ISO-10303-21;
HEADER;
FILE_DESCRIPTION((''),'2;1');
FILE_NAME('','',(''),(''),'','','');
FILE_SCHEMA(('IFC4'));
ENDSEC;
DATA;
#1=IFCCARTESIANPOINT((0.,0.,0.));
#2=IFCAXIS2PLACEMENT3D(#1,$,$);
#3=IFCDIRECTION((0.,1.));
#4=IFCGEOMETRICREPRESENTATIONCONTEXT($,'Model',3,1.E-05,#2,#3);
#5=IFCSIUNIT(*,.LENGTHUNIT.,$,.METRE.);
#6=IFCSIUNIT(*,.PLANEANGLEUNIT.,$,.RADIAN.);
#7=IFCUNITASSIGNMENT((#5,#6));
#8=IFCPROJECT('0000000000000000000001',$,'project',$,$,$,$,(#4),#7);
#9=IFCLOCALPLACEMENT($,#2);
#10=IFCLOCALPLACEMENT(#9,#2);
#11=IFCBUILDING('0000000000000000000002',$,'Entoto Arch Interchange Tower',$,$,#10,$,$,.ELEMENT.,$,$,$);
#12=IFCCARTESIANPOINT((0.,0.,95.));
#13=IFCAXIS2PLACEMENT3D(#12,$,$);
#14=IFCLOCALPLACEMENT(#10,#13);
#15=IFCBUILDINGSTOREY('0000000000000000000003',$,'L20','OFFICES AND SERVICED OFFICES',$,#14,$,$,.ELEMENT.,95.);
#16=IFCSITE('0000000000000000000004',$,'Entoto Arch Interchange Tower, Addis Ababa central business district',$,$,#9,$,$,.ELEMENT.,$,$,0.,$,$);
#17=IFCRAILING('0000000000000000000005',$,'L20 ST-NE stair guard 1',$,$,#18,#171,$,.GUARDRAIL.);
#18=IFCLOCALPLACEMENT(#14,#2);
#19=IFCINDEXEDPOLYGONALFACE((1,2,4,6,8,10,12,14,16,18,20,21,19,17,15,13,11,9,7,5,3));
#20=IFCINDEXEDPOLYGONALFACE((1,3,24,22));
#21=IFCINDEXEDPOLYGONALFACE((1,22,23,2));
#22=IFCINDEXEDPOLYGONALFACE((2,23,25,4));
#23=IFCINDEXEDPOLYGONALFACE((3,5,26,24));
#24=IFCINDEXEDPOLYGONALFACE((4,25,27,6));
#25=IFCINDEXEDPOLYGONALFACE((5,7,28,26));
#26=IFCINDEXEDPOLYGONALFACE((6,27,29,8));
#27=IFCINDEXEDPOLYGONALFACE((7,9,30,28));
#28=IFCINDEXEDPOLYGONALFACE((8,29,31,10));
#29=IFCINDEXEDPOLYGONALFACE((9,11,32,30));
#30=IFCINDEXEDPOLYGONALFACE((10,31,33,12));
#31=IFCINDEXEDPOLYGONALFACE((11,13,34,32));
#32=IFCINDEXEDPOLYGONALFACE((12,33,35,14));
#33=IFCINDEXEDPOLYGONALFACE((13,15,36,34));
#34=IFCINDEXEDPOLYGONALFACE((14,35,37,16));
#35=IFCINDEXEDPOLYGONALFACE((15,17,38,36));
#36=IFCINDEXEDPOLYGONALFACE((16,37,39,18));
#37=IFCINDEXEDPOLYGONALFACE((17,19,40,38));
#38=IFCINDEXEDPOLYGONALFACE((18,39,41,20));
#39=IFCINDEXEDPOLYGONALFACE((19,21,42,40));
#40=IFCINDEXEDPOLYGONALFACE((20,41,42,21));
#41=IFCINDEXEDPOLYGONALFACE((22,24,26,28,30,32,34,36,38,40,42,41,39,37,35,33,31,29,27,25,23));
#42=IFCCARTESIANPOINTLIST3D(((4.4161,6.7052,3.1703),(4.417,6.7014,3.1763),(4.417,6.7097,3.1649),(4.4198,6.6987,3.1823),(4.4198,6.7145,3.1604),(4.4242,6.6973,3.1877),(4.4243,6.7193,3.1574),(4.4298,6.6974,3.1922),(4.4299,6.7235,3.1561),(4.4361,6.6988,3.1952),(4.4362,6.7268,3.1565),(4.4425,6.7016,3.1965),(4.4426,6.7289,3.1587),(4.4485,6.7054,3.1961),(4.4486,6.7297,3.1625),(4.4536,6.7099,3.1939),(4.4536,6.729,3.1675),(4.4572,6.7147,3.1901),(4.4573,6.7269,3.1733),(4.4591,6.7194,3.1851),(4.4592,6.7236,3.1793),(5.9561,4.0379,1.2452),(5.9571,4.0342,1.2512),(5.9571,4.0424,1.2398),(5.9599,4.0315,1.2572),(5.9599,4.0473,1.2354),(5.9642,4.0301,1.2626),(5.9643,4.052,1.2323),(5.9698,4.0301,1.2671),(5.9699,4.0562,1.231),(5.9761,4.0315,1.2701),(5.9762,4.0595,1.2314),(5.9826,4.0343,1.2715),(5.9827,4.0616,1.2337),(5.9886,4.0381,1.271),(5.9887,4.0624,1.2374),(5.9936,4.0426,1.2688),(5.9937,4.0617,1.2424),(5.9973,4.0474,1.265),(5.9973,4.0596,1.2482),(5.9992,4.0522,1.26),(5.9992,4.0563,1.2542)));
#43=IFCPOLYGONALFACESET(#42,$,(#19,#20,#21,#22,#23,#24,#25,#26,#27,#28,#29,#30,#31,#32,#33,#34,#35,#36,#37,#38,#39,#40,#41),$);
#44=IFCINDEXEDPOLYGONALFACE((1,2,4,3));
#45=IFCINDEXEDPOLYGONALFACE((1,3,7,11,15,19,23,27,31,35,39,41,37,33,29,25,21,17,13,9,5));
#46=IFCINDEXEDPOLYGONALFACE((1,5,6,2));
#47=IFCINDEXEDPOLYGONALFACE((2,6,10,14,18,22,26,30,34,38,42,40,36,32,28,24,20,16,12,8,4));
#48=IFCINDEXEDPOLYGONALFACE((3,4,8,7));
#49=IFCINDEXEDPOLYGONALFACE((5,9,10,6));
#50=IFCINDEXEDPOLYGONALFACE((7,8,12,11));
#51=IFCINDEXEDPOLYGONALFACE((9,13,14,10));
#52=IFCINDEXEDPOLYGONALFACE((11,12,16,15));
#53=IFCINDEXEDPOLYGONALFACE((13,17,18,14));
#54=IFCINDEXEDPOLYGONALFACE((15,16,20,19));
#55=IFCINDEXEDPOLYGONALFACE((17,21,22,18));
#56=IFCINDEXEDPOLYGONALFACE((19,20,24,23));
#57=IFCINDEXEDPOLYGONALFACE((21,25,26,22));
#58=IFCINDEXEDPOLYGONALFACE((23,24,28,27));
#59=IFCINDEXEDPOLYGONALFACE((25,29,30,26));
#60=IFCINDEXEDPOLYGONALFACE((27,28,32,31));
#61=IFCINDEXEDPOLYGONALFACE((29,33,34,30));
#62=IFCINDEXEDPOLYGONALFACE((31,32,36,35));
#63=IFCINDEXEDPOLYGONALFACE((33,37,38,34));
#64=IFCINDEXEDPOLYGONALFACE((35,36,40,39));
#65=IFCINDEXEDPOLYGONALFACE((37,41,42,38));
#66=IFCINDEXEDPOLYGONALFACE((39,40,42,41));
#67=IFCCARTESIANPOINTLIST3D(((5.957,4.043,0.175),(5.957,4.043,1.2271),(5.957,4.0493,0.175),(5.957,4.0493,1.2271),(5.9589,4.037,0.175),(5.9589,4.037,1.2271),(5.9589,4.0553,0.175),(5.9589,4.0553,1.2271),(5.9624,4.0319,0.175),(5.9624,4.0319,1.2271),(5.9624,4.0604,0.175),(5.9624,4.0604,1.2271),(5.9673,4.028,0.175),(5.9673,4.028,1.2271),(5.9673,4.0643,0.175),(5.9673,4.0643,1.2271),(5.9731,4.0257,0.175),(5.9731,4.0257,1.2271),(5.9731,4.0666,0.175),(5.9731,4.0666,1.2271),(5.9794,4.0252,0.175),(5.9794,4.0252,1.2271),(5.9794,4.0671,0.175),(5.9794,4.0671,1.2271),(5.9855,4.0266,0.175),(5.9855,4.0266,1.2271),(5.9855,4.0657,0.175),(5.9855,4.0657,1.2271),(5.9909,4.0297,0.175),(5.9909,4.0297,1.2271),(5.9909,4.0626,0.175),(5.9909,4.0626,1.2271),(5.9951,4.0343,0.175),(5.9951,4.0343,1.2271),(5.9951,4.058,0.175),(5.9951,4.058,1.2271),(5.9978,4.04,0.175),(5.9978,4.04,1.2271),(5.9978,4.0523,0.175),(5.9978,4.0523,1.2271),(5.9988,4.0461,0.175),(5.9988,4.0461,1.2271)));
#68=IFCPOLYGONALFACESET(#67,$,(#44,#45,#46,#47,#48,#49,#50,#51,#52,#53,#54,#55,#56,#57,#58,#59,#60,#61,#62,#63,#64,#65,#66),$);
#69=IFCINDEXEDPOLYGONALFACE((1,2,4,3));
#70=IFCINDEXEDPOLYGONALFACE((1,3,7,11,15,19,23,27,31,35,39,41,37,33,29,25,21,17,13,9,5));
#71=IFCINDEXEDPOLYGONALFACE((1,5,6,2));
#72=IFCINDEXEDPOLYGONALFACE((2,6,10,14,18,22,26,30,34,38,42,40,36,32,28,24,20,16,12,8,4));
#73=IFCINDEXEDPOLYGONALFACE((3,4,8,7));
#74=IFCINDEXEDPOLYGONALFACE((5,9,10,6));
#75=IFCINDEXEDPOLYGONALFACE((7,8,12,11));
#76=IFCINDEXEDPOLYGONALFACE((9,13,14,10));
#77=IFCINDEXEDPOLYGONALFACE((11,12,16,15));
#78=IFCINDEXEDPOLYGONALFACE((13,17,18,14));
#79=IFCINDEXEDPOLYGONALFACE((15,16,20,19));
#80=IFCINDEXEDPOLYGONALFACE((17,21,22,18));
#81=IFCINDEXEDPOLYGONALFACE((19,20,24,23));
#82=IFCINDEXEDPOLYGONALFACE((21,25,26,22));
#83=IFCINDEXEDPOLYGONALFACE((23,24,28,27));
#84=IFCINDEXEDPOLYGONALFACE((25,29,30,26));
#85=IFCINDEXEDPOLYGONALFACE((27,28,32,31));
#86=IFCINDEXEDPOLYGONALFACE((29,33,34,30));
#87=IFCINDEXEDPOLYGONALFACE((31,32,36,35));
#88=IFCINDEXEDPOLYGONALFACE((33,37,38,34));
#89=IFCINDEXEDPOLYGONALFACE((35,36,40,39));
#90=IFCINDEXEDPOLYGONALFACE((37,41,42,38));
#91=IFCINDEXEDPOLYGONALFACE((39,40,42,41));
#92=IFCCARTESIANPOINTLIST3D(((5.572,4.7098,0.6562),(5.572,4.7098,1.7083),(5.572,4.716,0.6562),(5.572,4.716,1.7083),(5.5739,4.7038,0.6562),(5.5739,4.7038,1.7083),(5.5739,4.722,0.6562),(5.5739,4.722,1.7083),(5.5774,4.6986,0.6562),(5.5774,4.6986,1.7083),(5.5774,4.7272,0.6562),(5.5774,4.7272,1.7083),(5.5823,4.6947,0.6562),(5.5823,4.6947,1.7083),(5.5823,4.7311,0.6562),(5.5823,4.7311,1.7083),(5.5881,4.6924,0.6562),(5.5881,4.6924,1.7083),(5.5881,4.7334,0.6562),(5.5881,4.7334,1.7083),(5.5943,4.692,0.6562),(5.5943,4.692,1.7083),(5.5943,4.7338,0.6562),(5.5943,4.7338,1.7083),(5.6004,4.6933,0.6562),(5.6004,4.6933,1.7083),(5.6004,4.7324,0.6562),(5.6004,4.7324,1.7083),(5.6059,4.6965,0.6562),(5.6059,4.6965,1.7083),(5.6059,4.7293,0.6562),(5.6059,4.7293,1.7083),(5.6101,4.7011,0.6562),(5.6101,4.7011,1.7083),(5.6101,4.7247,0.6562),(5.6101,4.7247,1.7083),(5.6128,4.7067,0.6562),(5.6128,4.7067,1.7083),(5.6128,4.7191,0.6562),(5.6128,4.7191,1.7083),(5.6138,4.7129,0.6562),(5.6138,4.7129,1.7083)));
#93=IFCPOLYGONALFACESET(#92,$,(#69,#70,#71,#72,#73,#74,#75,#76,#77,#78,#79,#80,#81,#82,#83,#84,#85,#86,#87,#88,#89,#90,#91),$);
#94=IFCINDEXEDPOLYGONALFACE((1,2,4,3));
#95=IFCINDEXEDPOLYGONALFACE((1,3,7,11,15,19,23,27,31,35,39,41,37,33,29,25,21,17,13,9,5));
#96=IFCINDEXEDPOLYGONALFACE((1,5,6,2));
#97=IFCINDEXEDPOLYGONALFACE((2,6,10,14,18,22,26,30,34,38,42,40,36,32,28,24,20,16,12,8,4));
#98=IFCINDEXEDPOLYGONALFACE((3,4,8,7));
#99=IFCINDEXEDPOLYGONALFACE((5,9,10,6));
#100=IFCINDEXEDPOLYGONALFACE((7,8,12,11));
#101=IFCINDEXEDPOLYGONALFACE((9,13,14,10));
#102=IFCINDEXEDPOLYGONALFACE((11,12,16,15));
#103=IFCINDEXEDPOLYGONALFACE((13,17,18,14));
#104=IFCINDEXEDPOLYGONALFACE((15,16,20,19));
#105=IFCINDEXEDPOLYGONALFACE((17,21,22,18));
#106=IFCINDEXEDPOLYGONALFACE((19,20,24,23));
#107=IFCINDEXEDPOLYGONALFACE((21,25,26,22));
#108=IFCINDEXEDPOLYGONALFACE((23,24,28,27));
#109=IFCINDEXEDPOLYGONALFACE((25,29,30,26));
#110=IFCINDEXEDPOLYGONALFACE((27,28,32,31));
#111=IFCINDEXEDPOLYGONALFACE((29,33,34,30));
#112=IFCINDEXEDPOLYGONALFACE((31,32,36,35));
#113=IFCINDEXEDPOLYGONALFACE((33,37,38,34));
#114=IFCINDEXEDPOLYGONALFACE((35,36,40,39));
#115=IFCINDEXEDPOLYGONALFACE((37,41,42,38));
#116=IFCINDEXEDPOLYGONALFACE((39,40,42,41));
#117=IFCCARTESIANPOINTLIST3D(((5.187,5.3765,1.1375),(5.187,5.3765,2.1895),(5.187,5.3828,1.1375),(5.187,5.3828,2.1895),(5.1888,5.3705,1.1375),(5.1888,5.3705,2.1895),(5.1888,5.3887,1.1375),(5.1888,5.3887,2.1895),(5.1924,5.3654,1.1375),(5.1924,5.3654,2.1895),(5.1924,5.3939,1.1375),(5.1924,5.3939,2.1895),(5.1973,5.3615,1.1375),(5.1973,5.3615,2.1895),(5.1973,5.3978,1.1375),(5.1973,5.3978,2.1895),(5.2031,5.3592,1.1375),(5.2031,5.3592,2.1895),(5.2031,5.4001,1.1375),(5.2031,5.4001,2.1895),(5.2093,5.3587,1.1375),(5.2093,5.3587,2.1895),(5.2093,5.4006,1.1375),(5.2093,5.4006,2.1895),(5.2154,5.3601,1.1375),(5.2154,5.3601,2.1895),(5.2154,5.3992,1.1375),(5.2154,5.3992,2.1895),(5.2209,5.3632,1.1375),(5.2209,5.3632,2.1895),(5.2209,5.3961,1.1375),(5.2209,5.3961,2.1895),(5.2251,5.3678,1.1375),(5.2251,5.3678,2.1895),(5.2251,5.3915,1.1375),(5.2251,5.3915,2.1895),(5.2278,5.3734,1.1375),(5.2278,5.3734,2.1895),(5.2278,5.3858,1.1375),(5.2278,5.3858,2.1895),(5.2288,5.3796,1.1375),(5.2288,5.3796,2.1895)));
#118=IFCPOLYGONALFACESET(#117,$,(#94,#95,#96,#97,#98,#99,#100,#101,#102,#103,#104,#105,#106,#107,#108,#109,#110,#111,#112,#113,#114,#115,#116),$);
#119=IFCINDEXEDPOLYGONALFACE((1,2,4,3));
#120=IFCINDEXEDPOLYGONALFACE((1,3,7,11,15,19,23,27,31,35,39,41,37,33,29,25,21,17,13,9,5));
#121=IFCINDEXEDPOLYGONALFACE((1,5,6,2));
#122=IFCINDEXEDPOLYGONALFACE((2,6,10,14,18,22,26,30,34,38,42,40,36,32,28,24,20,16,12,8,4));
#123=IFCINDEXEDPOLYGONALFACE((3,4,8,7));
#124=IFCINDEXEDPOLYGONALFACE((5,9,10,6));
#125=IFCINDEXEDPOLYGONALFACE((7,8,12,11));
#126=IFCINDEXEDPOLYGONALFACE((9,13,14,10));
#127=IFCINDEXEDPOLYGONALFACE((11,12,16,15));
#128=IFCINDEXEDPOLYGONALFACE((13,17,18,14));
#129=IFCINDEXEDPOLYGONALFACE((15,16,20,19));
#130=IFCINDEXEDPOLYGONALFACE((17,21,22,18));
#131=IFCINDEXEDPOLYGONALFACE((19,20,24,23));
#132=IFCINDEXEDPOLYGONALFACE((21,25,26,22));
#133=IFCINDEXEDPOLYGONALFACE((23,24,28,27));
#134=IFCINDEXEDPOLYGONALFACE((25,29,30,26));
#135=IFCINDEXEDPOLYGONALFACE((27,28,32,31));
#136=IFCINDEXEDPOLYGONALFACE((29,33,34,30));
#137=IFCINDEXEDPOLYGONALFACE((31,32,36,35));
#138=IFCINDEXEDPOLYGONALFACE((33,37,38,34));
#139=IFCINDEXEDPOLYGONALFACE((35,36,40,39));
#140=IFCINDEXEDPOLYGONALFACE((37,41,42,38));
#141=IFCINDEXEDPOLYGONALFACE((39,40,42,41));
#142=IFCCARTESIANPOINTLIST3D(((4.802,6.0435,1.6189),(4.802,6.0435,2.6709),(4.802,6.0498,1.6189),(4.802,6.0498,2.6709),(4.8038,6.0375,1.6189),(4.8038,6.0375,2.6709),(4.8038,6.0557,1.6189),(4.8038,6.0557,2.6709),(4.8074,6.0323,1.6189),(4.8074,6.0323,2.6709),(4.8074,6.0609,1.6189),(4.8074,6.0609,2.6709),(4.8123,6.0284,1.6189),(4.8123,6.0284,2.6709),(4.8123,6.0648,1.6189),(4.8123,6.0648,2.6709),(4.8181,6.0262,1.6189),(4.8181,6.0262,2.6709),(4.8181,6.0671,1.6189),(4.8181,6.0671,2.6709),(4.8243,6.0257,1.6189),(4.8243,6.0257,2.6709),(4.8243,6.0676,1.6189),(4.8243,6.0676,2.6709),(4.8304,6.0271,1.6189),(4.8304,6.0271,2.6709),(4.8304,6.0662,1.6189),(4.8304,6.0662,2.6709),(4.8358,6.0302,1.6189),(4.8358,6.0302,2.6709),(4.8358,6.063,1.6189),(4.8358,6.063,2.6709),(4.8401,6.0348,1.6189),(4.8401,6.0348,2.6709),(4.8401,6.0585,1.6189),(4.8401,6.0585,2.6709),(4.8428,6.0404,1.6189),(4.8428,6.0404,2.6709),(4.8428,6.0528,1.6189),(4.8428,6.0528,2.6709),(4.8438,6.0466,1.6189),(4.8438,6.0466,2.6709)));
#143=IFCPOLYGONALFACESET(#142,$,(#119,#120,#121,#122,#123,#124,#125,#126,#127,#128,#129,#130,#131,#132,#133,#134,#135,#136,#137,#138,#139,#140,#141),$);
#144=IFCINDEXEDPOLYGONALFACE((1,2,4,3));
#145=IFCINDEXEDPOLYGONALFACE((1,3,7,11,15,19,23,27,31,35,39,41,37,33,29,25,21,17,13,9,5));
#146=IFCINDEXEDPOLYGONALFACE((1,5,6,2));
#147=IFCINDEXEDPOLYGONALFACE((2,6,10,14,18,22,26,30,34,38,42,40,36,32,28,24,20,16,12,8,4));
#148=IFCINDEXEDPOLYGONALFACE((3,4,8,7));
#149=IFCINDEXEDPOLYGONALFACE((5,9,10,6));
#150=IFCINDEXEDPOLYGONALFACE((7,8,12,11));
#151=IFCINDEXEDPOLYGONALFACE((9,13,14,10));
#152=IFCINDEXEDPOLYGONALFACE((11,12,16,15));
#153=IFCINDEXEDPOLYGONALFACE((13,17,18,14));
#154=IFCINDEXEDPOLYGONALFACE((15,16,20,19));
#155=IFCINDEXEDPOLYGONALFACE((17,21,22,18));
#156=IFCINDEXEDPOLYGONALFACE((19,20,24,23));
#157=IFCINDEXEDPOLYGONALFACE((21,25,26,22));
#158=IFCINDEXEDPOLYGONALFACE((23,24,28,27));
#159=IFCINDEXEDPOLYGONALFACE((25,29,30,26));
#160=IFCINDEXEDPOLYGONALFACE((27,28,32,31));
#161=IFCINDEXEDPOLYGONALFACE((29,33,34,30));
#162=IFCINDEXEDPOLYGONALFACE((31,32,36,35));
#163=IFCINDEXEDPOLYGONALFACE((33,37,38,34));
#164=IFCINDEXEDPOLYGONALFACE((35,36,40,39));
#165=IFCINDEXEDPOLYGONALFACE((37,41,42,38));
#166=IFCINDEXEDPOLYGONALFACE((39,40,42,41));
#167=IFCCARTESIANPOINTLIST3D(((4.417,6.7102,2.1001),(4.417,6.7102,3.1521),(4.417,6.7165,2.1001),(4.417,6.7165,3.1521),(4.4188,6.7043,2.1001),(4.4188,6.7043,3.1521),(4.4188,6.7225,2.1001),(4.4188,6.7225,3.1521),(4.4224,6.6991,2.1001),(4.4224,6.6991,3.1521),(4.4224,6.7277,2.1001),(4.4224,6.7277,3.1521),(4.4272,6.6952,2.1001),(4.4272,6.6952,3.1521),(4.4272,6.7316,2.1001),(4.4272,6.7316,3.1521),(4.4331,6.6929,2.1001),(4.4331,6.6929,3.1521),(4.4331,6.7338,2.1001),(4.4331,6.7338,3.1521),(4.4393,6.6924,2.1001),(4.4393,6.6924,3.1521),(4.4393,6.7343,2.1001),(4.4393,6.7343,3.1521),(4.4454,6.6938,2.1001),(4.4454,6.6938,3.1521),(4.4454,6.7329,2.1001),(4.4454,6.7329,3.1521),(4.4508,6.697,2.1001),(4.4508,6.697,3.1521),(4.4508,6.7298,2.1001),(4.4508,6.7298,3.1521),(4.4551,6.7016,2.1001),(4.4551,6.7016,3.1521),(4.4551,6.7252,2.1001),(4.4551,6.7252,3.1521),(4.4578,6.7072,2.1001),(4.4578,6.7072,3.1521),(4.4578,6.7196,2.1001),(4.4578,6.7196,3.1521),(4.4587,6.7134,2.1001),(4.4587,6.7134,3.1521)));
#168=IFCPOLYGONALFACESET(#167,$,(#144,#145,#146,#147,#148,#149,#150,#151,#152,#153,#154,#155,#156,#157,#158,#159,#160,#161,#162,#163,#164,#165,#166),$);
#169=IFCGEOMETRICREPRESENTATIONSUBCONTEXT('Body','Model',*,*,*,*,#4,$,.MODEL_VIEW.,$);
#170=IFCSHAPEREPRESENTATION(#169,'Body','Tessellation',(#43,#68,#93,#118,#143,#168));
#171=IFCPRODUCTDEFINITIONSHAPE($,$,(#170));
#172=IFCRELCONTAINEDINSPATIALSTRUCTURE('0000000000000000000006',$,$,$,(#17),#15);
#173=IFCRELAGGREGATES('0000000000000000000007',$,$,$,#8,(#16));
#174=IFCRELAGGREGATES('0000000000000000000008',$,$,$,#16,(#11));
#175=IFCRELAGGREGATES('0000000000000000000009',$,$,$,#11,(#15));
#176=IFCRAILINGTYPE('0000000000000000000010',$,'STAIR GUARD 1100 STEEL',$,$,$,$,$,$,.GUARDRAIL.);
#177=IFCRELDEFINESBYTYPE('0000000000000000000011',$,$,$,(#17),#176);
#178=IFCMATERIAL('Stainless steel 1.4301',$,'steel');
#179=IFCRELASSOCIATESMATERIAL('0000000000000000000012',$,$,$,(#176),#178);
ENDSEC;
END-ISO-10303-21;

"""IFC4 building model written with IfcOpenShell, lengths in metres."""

from ifc_helpers import new_model, si_unit, direction, frame, origin, origin_2d, place, context, subcontext, project, spatial, circle, extrude, material, type_object, element, save


model = new_model("IFC4")

# Units and contexts
model_context = context("Model", 3, precision=1e-05, world=origin(), true_north=direction((0.0, 1.0)))
body_context = subcontext(model_context, "Body", "Model", "MODEL_VIEW")
ifc_project = project(units=[si_unit("LENGTHUNIT", "METRE"), si_unit("PLANEANGLEUNIT", "RADIAN")], contexts=[model_context])

# Site, building, storey
site_placement = place(None, origin())
site = spatial("IfcSite", under=ifc_project, at=site_placement, Name="Entoto Arch Interchange Tower, Addis Ababa central business district", CompositionType="ELEMENT", RefElevation=0.0)
building_placement = place(site_placement, origin())
building = spatial("IfcBuilding", under=site, at=building_placement, Name="Entoto Arch Interchange Tower", CompositionType="ELEMENT")
storey_placement = place(building_placement, frame((0.0, 0.0, 95.0)))
storey = spatial("IfcBuildingStorey", under=building, at=storey_placement, Name="L20", Description="OFFICES AND SERVICED OFFICES", CompositionType="ELEMENT", Elevation=95.0)

# Railing
ifc_material_1 = material(Name="Stainless steel 1.4301", Category="steel")
railing_type_1 = type_object("IfcRailingType", Name="STAIR GUARD 1100 STEEL", PredefinedType="GUARDRAIL", material=ifc_material_1)
railing_1_placement = place(storey_placement, frame((5.9778, 4.0461, 0.175)))
element("IfcRailing", 1, at=railing_1_placement, inside=storey, type_object=railing_type_1, Name="L20 ST-NE stair guard 1", PredefinedType="GUARDRAIL", context=body_context, shape_type="SweptSolid", body=[
    extrude(circle(Radius=0.0239, at=origin_2d()), frame((0.0, 0.0, 1.0762), z_axis=(-0.424015, 0.734364, 0.530019), x_axis=(-0.86601, -0.500027, 0.0)), (0.0, 0.0, 1.0), 3.6321),
    extrude(circle(Radius=0.021, at=origin_2d()), origin(), (0.0, 0.0, 1.0), 1.052),
    extrude(circle(Radius=0.021, at=origin_2d()), frame((-0.385, 0.6667, 0.4812)), (0.0, 0.0, 1.0), 1.052),
    extrude(circle(Radius=0.021, at=origin_2d()), frame((-0.77, 1.3335, 0.9624)), (0.0, 0.0, 1.0), 1.052),
    extrude(circle(Radius=0.021, at=origin_2d()), frame((-1.155, 2.0005, 1.4438)), (0.0, 0.0, 1.0), 1.052),
    extrude(circle(Radius=0.021, at=origin_2d()), frame((-1.54, 2.6672, 1.925)), (0.0, 0.0, 1.0), 1.052),
])

save(model, "model.ifc")
